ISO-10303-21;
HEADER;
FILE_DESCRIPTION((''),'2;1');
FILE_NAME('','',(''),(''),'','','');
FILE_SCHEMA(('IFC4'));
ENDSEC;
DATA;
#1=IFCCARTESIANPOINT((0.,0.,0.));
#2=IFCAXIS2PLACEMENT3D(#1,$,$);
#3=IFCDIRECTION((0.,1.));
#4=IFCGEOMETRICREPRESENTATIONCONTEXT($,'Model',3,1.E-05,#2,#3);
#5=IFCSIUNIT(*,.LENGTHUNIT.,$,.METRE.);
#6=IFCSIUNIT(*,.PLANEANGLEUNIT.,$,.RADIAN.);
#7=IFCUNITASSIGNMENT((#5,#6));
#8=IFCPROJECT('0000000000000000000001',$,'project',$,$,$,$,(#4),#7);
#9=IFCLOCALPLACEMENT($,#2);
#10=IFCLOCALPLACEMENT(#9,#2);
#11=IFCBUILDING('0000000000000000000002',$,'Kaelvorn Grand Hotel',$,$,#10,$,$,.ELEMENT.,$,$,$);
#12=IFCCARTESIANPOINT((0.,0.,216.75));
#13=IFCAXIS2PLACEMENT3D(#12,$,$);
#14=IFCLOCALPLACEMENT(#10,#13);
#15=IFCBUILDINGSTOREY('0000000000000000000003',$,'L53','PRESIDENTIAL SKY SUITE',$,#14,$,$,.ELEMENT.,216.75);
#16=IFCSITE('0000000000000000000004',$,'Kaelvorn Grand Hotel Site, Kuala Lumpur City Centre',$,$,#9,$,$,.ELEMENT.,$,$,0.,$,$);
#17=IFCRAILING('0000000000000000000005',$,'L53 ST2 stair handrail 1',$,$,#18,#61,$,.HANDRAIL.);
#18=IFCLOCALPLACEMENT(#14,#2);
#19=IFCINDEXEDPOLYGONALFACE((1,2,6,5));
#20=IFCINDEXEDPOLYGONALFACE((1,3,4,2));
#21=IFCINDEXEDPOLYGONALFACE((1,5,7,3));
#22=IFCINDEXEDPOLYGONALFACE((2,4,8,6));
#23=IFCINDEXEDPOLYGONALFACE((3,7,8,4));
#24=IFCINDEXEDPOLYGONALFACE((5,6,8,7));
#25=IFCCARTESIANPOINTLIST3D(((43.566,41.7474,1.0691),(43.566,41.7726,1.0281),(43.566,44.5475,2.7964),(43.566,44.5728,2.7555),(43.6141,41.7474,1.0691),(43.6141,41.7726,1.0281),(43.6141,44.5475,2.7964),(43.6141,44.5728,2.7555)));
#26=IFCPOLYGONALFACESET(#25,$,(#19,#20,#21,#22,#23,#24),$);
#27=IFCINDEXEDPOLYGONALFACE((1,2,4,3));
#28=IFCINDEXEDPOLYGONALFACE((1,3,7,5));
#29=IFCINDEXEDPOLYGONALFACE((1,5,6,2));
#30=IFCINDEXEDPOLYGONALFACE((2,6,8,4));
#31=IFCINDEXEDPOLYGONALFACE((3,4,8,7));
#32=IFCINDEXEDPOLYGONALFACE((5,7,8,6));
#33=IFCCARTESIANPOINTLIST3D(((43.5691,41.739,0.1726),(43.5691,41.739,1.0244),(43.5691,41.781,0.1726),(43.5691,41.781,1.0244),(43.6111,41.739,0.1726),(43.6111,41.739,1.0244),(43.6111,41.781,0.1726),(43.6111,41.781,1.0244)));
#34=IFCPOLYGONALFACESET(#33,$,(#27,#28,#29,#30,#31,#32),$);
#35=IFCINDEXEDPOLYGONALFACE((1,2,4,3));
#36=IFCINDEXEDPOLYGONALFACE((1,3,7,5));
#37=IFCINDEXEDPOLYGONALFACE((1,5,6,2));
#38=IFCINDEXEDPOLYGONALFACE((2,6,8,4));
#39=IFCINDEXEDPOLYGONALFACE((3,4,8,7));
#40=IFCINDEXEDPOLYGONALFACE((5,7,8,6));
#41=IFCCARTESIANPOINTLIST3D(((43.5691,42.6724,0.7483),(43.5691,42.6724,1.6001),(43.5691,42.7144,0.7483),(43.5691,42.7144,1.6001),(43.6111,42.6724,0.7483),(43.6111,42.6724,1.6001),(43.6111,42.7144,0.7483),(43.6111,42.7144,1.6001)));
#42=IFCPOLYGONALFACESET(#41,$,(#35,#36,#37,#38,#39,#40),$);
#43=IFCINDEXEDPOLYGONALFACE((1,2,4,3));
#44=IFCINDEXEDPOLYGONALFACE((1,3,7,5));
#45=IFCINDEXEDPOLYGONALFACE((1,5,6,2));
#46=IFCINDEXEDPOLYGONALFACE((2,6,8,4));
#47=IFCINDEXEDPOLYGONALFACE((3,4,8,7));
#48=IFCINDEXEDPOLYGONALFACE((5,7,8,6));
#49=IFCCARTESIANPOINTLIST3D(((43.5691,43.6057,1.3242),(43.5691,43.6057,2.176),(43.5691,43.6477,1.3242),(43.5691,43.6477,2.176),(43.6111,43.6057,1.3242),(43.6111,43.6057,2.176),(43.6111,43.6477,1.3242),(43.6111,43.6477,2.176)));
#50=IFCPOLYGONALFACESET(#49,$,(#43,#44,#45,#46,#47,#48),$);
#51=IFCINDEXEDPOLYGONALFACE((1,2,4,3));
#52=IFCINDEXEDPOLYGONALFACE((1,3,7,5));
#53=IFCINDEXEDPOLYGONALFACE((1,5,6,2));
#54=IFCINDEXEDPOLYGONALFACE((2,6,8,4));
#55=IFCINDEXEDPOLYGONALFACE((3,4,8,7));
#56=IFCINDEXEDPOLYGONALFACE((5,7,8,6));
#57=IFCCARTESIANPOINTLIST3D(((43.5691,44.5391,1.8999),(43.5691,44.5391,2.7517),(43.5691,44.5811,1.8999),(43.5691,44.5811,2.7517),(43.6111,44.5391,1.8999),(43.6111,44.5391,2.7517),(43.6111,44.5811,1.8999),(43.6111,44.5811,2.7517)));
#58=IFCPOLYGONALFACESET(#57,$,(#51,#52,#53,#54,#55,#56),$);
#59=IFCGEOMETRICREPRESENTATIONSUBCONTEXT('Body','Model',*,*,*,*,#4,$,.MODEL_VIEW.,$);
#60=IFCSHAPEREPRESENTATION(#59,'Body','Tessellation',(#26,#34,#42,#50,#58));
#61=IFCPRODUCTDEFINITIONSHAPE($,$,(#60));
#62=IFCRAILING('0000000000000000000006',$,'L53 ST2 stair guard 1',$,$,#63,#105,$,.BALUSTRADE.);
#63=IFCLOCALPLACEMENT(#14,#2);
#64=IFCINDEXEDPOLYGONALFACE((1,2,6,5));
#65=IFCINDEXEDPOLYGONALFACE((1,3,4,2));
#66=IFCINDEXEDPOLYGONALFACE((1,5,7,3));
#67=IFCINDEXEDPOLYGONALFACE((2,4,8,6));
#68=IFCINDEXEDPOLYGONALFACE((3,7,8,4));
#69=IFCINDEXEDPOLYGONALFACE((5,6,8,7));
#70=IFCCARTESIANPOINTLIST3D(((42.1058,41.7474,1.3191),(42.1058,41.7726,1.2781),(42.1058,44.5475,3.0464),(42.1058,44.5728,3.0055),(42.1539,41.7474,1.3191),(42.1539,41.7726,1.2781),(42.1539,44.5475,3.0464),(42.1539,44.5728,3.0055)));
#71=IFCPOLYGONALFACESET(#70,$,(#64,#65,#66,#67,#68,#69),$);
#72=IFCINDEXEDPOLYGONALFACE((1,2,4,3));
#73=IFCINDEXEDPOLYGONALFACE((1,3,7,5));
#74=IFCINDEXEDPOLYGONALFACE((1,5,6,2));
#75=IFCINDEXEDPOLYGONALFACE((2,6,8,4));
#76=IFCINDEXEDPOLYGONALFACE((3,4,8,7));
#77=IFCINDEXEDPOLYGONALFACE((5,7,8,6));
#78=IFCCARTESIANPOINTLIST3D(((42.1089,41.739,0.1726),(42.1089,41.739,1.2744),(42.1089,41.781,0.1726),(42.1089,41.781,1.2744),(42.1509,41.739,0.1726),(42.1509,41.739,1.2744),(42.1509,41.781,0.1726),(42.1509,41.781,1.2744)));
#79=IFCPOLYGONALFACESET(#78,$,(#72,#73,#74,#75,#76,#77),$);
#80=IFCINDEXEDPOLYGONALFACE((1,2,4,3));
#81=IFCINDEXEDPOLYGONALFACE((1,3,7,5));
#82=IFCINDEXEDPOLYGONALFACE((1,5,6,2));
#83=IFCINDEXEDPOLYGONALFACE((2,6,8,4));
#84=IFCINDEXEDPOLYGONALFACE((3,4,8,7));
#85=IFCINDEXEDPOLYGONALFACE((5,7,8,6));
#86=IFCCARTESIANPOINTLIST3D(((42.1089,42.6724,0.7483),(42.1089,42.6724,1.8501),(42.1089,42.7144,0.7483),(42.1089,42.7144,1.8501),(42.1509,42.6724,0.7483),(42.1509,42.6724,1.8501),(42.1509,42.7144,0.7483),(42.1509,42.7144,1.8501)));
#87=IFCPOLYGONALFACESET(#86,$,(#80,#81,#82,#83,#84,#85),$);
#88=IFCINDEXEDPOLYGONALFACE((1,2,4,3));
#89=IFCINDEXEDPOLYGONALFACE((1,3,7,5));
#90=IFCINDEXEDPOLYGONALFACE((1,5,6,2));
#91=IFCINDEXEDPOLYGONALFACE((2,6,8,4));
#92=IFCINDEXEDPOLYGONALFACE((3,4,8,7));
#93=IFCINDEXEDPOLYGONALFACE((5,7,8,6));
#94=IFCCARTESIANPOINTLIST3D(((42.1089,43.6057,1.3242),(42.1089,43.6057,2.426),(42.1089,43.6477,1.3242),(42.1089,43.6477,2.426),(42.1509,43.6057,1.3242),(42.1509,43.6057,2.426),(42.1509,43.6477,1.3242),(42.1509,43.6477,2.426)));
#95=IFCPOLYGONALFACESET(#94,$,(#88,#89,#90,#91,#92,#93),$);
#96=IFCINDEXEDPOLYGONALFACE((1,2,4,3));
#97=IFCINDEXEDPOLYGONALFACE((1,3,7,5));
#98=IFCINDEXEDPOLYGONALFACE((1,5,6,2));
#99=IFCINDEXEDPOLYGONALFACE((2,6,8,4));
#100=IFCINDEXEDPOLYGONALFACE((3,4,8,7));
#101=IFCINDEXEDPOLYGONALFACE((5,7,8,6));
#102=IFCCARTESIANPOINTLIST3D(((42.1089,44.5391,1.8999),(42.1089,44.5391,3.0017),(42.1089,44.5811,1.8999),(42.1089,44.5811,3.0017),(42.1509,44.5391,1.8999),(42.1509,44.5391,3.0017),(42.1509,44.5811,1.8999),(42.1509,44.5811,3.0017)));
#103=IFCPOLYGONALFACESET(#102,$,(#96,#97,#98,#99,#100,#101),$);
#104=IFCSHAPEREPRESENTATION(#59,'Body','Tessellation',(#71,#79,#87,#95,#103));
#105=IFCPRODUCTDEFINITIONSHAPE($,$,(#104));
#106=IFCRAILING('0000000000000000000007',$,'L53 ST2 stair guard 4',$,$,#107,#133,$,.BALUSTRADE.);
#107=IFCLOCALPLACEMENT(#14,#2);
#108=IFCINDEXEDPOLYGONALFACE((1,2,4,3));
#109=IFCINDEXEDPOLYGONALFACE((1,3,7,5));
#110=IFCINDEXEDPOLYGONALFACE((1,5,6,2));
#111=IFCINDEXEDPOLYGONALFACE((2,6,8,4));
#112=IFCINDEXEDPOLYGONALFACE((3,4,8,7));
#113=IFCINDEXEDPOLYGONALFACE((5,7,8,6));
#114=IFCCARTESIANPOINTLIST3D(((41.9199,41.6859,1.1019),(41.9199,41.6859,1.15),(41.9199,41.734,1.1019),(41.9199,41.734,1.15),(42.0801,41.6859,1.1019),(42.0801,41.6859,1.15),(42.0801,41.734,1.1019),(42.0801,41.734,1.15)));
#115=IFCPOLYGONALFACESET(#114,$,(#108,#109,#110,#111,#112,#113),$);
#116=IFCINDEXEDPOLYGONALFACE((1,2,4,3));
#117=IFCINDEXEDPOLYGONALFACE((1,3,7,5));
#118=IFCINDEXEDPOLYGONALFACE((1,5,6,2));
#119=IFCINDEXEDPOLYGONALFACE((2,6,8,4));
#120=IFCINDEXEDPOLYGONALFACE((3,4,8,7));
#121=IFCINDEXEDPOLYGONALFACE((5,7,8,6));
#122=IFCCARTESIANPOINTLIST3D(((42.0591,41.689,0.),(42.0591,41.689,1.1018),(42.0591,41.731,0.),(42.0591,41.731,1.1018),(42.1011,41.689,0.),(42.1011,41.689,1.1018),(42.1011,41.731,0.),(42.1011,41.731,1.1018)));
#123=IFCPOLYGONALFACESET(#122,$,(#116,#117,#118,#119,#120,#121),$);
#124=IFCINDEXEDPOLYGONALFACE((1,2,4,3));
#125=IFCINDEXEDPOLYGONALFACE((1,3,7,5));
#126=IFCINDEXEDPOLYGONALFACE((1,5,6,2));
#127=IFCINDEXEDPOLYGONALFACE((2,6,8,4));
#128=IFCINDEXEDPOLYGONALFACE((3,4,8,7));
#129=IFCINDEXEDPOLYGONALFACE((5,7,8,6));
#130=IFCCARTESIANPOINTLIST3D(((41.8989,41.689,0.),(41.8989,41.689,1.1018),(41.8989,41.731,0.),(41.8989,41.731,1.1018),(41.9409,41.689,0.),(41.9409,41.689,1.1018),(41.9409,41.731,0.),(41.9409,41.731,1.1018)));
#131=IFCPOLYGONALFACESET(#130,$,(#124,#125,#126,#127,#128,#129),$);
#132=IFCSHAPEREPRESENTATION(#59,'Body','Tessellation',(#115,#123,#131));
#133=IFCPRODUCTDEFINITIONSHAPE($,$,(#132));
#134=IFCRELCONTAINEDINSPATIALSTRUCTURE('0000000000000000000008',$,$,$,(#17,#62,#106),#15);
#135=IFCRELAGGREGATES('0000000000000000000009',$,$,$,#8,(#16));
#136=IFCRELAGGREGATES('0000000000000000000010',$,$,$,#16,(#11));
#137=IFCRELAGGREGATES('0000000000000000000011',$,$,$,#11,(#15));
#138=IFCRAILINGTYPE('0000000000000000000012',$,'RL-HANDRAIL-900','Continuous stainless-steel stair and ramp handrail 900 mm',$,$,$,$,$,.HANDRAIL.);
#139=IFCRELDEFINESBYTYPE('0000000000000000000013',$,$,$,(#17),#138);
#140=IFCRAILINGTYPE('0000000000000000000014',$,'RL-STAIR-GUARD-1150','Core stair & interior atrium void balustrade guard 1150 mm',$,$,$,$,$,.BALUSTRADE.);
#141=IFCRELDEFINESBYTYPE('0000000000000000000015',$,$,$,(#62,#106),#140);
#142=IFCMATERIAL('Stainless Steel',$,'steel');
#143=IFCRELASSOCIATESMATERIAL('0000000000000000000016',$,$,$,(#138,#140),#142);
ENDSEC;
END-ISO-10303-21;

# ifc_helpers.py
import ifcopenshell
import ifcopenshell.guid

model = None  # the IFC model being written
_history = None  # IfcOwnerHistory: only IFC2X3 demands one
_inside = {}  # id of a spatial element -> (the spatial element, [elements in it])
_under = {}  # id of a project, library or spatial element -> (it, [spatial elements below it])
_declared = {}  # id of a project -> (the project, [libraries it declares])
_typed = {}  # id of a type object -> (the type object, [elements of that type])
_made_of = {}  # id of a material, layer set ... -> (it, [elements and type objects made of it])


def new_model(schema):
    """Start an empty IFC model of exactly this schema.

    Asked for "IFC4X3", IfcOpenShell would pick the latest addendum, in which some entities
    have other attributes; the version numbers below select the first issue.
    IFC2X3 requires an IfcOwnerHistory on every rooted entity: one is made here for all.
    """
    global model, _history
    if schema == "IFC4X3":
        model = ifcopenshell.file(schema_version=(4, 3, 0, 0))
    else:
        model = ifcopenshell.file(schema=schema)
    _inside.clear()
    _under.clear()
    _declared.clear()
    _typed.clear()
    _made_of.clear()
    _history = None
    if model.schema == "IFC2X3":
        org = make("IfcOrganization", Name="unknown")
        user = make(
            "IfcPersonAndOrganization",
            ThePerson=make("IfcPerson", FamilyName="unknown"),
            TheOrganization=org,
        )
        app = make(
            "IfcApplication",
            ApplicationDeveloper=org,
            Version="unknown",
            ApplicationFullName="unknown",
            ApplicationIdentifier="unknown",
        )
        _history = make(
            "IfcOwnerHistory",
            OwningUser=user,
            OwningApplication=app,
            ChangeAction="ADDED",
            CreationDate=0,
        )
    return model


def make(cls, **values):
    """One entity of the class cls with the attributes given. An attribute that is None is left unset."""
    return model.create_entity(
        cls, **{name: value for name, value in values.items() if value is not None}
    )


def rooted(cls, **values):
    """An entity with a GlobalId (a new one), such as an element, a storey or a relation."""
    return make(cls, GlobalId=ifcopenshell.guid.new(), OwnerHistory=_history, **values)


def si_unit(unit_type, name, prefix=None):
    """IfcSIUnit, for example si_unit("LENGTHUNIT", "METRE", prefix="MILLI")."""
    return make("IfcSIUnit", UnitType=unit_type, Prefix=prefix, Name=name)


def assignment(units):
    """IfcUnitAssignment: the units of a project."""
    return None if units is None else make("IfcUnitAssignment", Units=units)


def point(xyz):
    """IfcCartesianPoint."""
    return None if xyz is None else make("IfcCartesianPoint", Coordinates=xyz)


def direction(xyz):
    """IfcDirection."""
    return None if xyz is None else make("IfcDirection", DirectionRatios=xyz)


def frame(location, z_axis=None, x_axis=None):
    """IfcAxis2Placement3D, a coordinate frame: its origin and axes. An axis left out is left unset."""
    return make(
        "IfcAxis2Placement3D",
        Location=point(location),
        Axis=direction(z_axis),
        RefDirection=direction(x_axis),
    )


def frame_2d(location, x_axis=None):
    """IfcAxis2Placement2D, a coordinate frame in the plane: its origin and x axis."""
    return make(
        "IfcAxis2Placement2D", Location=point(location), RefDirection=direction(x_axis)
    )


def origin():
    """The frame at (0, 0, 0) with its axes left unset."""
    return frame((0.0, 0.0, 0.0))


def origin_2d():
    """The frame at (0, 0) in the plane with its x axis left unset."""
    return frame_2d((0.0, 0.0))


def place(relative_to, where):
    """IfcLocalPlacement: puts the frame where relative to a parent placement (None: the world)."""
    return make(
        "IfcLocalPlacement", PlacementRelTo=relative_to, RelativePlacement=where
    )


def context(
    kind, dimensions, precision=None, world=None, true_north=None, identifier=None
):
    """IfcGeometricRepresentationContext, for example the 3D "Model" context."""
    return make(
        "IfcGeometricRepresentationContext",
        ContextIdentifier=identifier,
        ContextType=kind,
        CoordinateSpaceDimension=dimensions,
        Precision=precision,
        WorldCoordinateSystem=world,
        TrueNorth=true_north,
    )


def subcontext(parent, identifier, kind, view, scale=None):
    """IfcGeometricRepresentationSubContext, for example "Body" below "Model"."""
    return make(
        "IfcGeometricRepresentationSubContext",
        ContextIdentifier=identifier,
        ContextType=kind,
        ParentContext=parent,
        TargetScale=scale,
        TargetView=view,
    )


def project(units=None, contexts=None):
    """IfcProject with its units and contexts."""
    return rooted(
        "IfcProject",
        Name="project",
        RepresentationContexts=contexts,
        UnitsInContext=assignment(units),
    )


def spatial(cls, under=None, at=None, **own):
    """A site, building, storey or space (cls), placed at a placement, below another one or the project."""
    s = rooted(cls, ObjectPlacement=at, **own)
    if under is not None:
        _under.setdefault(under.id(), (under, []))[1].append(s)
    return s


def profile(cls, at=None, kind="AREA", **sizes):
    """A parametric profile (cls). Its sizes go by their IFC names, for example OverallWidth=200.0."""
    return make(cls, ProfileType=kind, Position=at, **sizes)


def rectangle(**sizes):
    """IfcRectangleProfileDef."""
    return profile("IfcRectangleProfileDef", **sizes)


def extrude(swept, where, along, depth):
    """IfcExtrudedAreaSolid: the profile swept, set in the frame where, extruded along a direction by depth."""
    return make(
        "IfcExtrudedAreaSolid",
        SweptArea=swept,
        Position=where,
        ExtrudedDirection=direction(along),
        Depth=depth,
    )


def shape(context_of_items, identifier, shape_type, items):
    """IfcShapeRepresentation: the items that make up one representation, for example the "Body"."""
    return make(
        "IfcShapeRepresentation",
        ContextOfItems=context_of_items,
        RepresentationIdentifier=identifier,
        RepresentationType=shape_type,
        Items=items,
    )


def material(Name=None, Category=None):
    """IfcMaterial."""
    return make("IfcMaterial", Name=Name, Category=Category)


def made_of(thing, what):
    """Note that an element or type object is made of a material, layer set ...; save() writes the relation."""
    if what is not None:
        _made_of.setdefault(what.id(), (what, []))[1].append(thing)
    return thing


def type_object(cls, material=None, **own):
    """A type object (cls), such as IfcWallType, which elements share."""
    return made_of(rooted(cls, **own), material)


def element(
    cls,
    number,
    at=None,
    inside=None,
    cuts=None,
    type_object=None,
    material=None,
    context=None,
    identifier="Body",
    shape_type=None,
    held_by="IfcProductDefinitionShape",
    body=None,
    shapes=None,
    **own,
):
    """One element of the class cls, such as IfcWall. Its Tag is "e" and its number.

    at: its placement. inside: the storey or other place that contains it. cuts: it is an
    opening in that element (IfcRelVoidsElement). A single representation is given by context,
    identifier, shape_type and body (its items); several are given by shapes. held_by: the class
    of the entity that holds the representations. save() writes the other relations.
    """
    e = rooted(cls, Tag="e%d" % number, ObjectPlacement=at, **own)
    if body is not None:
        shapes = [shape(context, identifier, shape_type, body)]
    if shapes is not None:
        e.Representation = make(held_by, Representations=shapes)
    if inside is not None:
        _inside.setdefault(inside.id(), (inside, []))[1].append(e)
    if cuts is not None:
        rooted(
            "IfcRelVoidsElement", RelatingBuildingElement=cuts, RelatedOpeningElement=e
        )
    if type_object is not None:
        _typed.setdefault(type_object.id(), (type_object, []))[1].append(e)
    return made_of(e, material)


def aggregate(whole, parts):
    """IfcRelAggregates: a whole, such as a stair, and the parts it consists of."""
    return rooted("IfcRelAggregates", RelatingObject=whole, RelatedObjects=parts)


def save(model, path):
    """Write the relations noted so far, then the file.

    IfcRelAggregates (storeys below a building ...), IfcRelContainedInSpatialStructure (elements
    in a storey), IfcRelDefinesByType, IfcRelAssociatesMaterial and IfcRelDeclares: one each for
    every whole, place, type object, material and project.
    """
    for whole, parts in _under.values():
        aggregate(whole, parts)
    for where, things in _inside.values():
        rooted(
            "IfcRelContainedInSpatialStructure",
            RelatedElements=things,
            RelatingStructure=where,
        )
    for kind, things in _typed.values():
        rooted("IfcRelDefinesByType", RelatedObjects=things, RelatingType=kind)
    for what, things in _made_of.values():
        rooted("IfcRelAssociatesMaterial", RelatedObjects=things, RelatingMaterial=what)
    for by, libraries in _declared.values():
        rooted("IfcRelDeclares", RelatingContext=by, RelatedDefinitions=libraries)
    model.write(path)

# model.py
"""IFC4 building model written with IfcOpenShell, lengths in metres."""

from ifc_helpers import new_model, si_unit, direction, frame, origin, origin_2d, place, context, subcontext, project, spatial, rectangle, extrude, material, type_object, element, save


model = new_model("IFC4")

# Units and contexts
model_context = context("Model", 3, precision=1e-05, world=origin(), true_north=direction((0.0, 1.0)))
body_context = subcontext(model_context, "Body", "Model", "MODEL_VIEW")
ifc_project = project(units=[si_unit("LENGTHUNIT", "METRE"), si_unit("PLANEANGLEUNIT", "RADIAN")], contexts=[model_context])

# Site, building, storey
site_placement = place(None, origin())
site = spatial("IfcSite", under=ifc_project, at=site_placement, Name="Kaelvorn Grand Hotel Site, Kuala Lumpur City Centre", CompositionType="ELEMENT", RefElevation=0.0)
building_placement = place(site_placement, origin())
building = spatial("IfcBuilding", under=site, at=building_placement, Name="Kaelvorn Grand Hotel", CompositionType="ELEMENT")
storey_placement = place(building_placement, frame((0.0, 0.0, 216.75)))
storey = spatial("IfcBuildingStorey", under=building, at=storey_placement, Name="L53", Description="PRESIDENTIAL SKY SUITE", CompositionType="ELEMENT", Elevation=216.75)

# Shared definitions
ifc_material_1 = material(Name="Stainless Steel", Category="steel")

# Railings
railing_type_1 = type_object("IfcRailingType", Name="RL-HANDRAIL-900", Description="Continuous stainless-steel stair and ramp handrail 900 mm", PredefinedType="HANDRAIL", material=ifc_material_1)
railing_1_placement = place(storey_placement, frame((43.5901, 41.76, 0.1726)))
element("IfcRailing", 1, at=railing_1_placement, inside=storey, type_object=railing_type_1, Name="L53 ST2 stair handrail 1", PredefinedType="HANDRAIL", context=body_context, shape_type="SweptSolid", body=[
    extrude(rectangle(XDim=0.0481, YDim=0.0481, at=origin_2d()), frame((0.0, 0.0, 0.876), z_axis=(0.0, 0.85109, 0.52502), x_axis=(-1.0, 0.0, 0.0)), (0.0, 0.0, 1.0), 3.29),
    extrude(rectangle(XDim=0.042, YDim=0.042, at=origin_2d()), origin(), (0.0, 0.0, 1.0), 0.8518),
    extrude(rectangle(XDim=0.042, YDim=0.042, at=origin_2d()), frame((0.0, 0.9333, 0.5757)), (0.0, 0.0, 1.0), 0.8518),
    extrude(rectangle(XDim=0.042, YDim=0.042, at=origin_2d()), frame((0.0, 1.8667, 1.1516)), (0.0, 0.0, 1.0), 0.8518),
    extrude(rectangle(XDim=0.042, YDim=0.042, at=origin_2d()), frame((0.0, 2.8, 1.7273)), (0.0, 0.0, 1.0), 0.8518),
])
railing_type_2 = type_object("IfcRailingType", Name="RL-STAIR-GUARD-1150", Description="Core stair & interior atrium void balustrade guard 1150 mm", PredefinedType="BALUSTRADE", material=ifc_material_1)
railing_2_placement = place(storey_placement, frame((42.1299, 41.76, 0.1726)))
element("IfcRailing", 2, at=railing_2_placement, inside=storey, type_object=railing_type_2, Name="L53 ST2 stair guard 1", PredefinedType="BALUSTRADE", context=body_context, shape_type="SweptSolid", body=[
    extrude(rectangle(XDim=0.0481, YDim=0.0481, at=origin_2d()), frame((0.0, 0.0, 1.126), z_axis=(0.0, 0.85109, 0.52502), x_axis=(-1.0, 0.0, 0.0)), (0.0, 0.0, 1.0), 3.29),
    extrude(rectangle(XDim=0.042, YDim=0.042, at=origin_2d()), origin(), (0.0, 0.0, 1.0), 1.1018),
    extrude(rectangle(XDim=0.042, YDim=0.042, at=origin_2d()), frame((0.0, 0.9333, 0.5757)), (0.0, 0.0, 1.0), 1.1018),
    extrude(rectangle(XDim=0.042, YDim=0.042, at=origin_2d()), frame((0.0, 1.8667, 1.1516)), (0.0, 0.0, 1.0), 1.1018),
    extrude(rectangle(XDim=0.042, YDim=0.042, at=origin_2d()), frame((0.0, 2.8, 1.7273)), (0.0, 0.0, 1.0), 1.1018),
])
railing_3_placement = place(storey_placement, frame((42.0801, 41.71, 0.0)))
element("IfcRailing", 3, at=railing_3_placement, inside=storey, type_object=railing_type_2, Name="L53 ST2 stair guard 4", PredefinedType="BALUSTRADE", context=body_context, shape_type="SweptSolid", body=[
    extrude(rectangle(XDim=0.0481, YDim=0.0481, at=origin_2d()), frame((0.0, 0.0, 1.126), z_axis=(-1.0, 0.0, 0.0), x_axis=(0.0, -1.0, 0.0)), (0.0, 0.0, 1.0), 0.1602),
    extrude(rectangle(XDim=0.042, YDim=0.042, at=origin_2d()), origin(), (0.0, 0.0, 1.0), 1.1018),
    extrude(rectangle(XDim=0.042, YDim=0.042, at=origin_2d()), frame((-0.1602, 0.0, 0.0)), (0.0, 0.0, 1.0), 1.1018),
])

save(model, "model.ifc")
